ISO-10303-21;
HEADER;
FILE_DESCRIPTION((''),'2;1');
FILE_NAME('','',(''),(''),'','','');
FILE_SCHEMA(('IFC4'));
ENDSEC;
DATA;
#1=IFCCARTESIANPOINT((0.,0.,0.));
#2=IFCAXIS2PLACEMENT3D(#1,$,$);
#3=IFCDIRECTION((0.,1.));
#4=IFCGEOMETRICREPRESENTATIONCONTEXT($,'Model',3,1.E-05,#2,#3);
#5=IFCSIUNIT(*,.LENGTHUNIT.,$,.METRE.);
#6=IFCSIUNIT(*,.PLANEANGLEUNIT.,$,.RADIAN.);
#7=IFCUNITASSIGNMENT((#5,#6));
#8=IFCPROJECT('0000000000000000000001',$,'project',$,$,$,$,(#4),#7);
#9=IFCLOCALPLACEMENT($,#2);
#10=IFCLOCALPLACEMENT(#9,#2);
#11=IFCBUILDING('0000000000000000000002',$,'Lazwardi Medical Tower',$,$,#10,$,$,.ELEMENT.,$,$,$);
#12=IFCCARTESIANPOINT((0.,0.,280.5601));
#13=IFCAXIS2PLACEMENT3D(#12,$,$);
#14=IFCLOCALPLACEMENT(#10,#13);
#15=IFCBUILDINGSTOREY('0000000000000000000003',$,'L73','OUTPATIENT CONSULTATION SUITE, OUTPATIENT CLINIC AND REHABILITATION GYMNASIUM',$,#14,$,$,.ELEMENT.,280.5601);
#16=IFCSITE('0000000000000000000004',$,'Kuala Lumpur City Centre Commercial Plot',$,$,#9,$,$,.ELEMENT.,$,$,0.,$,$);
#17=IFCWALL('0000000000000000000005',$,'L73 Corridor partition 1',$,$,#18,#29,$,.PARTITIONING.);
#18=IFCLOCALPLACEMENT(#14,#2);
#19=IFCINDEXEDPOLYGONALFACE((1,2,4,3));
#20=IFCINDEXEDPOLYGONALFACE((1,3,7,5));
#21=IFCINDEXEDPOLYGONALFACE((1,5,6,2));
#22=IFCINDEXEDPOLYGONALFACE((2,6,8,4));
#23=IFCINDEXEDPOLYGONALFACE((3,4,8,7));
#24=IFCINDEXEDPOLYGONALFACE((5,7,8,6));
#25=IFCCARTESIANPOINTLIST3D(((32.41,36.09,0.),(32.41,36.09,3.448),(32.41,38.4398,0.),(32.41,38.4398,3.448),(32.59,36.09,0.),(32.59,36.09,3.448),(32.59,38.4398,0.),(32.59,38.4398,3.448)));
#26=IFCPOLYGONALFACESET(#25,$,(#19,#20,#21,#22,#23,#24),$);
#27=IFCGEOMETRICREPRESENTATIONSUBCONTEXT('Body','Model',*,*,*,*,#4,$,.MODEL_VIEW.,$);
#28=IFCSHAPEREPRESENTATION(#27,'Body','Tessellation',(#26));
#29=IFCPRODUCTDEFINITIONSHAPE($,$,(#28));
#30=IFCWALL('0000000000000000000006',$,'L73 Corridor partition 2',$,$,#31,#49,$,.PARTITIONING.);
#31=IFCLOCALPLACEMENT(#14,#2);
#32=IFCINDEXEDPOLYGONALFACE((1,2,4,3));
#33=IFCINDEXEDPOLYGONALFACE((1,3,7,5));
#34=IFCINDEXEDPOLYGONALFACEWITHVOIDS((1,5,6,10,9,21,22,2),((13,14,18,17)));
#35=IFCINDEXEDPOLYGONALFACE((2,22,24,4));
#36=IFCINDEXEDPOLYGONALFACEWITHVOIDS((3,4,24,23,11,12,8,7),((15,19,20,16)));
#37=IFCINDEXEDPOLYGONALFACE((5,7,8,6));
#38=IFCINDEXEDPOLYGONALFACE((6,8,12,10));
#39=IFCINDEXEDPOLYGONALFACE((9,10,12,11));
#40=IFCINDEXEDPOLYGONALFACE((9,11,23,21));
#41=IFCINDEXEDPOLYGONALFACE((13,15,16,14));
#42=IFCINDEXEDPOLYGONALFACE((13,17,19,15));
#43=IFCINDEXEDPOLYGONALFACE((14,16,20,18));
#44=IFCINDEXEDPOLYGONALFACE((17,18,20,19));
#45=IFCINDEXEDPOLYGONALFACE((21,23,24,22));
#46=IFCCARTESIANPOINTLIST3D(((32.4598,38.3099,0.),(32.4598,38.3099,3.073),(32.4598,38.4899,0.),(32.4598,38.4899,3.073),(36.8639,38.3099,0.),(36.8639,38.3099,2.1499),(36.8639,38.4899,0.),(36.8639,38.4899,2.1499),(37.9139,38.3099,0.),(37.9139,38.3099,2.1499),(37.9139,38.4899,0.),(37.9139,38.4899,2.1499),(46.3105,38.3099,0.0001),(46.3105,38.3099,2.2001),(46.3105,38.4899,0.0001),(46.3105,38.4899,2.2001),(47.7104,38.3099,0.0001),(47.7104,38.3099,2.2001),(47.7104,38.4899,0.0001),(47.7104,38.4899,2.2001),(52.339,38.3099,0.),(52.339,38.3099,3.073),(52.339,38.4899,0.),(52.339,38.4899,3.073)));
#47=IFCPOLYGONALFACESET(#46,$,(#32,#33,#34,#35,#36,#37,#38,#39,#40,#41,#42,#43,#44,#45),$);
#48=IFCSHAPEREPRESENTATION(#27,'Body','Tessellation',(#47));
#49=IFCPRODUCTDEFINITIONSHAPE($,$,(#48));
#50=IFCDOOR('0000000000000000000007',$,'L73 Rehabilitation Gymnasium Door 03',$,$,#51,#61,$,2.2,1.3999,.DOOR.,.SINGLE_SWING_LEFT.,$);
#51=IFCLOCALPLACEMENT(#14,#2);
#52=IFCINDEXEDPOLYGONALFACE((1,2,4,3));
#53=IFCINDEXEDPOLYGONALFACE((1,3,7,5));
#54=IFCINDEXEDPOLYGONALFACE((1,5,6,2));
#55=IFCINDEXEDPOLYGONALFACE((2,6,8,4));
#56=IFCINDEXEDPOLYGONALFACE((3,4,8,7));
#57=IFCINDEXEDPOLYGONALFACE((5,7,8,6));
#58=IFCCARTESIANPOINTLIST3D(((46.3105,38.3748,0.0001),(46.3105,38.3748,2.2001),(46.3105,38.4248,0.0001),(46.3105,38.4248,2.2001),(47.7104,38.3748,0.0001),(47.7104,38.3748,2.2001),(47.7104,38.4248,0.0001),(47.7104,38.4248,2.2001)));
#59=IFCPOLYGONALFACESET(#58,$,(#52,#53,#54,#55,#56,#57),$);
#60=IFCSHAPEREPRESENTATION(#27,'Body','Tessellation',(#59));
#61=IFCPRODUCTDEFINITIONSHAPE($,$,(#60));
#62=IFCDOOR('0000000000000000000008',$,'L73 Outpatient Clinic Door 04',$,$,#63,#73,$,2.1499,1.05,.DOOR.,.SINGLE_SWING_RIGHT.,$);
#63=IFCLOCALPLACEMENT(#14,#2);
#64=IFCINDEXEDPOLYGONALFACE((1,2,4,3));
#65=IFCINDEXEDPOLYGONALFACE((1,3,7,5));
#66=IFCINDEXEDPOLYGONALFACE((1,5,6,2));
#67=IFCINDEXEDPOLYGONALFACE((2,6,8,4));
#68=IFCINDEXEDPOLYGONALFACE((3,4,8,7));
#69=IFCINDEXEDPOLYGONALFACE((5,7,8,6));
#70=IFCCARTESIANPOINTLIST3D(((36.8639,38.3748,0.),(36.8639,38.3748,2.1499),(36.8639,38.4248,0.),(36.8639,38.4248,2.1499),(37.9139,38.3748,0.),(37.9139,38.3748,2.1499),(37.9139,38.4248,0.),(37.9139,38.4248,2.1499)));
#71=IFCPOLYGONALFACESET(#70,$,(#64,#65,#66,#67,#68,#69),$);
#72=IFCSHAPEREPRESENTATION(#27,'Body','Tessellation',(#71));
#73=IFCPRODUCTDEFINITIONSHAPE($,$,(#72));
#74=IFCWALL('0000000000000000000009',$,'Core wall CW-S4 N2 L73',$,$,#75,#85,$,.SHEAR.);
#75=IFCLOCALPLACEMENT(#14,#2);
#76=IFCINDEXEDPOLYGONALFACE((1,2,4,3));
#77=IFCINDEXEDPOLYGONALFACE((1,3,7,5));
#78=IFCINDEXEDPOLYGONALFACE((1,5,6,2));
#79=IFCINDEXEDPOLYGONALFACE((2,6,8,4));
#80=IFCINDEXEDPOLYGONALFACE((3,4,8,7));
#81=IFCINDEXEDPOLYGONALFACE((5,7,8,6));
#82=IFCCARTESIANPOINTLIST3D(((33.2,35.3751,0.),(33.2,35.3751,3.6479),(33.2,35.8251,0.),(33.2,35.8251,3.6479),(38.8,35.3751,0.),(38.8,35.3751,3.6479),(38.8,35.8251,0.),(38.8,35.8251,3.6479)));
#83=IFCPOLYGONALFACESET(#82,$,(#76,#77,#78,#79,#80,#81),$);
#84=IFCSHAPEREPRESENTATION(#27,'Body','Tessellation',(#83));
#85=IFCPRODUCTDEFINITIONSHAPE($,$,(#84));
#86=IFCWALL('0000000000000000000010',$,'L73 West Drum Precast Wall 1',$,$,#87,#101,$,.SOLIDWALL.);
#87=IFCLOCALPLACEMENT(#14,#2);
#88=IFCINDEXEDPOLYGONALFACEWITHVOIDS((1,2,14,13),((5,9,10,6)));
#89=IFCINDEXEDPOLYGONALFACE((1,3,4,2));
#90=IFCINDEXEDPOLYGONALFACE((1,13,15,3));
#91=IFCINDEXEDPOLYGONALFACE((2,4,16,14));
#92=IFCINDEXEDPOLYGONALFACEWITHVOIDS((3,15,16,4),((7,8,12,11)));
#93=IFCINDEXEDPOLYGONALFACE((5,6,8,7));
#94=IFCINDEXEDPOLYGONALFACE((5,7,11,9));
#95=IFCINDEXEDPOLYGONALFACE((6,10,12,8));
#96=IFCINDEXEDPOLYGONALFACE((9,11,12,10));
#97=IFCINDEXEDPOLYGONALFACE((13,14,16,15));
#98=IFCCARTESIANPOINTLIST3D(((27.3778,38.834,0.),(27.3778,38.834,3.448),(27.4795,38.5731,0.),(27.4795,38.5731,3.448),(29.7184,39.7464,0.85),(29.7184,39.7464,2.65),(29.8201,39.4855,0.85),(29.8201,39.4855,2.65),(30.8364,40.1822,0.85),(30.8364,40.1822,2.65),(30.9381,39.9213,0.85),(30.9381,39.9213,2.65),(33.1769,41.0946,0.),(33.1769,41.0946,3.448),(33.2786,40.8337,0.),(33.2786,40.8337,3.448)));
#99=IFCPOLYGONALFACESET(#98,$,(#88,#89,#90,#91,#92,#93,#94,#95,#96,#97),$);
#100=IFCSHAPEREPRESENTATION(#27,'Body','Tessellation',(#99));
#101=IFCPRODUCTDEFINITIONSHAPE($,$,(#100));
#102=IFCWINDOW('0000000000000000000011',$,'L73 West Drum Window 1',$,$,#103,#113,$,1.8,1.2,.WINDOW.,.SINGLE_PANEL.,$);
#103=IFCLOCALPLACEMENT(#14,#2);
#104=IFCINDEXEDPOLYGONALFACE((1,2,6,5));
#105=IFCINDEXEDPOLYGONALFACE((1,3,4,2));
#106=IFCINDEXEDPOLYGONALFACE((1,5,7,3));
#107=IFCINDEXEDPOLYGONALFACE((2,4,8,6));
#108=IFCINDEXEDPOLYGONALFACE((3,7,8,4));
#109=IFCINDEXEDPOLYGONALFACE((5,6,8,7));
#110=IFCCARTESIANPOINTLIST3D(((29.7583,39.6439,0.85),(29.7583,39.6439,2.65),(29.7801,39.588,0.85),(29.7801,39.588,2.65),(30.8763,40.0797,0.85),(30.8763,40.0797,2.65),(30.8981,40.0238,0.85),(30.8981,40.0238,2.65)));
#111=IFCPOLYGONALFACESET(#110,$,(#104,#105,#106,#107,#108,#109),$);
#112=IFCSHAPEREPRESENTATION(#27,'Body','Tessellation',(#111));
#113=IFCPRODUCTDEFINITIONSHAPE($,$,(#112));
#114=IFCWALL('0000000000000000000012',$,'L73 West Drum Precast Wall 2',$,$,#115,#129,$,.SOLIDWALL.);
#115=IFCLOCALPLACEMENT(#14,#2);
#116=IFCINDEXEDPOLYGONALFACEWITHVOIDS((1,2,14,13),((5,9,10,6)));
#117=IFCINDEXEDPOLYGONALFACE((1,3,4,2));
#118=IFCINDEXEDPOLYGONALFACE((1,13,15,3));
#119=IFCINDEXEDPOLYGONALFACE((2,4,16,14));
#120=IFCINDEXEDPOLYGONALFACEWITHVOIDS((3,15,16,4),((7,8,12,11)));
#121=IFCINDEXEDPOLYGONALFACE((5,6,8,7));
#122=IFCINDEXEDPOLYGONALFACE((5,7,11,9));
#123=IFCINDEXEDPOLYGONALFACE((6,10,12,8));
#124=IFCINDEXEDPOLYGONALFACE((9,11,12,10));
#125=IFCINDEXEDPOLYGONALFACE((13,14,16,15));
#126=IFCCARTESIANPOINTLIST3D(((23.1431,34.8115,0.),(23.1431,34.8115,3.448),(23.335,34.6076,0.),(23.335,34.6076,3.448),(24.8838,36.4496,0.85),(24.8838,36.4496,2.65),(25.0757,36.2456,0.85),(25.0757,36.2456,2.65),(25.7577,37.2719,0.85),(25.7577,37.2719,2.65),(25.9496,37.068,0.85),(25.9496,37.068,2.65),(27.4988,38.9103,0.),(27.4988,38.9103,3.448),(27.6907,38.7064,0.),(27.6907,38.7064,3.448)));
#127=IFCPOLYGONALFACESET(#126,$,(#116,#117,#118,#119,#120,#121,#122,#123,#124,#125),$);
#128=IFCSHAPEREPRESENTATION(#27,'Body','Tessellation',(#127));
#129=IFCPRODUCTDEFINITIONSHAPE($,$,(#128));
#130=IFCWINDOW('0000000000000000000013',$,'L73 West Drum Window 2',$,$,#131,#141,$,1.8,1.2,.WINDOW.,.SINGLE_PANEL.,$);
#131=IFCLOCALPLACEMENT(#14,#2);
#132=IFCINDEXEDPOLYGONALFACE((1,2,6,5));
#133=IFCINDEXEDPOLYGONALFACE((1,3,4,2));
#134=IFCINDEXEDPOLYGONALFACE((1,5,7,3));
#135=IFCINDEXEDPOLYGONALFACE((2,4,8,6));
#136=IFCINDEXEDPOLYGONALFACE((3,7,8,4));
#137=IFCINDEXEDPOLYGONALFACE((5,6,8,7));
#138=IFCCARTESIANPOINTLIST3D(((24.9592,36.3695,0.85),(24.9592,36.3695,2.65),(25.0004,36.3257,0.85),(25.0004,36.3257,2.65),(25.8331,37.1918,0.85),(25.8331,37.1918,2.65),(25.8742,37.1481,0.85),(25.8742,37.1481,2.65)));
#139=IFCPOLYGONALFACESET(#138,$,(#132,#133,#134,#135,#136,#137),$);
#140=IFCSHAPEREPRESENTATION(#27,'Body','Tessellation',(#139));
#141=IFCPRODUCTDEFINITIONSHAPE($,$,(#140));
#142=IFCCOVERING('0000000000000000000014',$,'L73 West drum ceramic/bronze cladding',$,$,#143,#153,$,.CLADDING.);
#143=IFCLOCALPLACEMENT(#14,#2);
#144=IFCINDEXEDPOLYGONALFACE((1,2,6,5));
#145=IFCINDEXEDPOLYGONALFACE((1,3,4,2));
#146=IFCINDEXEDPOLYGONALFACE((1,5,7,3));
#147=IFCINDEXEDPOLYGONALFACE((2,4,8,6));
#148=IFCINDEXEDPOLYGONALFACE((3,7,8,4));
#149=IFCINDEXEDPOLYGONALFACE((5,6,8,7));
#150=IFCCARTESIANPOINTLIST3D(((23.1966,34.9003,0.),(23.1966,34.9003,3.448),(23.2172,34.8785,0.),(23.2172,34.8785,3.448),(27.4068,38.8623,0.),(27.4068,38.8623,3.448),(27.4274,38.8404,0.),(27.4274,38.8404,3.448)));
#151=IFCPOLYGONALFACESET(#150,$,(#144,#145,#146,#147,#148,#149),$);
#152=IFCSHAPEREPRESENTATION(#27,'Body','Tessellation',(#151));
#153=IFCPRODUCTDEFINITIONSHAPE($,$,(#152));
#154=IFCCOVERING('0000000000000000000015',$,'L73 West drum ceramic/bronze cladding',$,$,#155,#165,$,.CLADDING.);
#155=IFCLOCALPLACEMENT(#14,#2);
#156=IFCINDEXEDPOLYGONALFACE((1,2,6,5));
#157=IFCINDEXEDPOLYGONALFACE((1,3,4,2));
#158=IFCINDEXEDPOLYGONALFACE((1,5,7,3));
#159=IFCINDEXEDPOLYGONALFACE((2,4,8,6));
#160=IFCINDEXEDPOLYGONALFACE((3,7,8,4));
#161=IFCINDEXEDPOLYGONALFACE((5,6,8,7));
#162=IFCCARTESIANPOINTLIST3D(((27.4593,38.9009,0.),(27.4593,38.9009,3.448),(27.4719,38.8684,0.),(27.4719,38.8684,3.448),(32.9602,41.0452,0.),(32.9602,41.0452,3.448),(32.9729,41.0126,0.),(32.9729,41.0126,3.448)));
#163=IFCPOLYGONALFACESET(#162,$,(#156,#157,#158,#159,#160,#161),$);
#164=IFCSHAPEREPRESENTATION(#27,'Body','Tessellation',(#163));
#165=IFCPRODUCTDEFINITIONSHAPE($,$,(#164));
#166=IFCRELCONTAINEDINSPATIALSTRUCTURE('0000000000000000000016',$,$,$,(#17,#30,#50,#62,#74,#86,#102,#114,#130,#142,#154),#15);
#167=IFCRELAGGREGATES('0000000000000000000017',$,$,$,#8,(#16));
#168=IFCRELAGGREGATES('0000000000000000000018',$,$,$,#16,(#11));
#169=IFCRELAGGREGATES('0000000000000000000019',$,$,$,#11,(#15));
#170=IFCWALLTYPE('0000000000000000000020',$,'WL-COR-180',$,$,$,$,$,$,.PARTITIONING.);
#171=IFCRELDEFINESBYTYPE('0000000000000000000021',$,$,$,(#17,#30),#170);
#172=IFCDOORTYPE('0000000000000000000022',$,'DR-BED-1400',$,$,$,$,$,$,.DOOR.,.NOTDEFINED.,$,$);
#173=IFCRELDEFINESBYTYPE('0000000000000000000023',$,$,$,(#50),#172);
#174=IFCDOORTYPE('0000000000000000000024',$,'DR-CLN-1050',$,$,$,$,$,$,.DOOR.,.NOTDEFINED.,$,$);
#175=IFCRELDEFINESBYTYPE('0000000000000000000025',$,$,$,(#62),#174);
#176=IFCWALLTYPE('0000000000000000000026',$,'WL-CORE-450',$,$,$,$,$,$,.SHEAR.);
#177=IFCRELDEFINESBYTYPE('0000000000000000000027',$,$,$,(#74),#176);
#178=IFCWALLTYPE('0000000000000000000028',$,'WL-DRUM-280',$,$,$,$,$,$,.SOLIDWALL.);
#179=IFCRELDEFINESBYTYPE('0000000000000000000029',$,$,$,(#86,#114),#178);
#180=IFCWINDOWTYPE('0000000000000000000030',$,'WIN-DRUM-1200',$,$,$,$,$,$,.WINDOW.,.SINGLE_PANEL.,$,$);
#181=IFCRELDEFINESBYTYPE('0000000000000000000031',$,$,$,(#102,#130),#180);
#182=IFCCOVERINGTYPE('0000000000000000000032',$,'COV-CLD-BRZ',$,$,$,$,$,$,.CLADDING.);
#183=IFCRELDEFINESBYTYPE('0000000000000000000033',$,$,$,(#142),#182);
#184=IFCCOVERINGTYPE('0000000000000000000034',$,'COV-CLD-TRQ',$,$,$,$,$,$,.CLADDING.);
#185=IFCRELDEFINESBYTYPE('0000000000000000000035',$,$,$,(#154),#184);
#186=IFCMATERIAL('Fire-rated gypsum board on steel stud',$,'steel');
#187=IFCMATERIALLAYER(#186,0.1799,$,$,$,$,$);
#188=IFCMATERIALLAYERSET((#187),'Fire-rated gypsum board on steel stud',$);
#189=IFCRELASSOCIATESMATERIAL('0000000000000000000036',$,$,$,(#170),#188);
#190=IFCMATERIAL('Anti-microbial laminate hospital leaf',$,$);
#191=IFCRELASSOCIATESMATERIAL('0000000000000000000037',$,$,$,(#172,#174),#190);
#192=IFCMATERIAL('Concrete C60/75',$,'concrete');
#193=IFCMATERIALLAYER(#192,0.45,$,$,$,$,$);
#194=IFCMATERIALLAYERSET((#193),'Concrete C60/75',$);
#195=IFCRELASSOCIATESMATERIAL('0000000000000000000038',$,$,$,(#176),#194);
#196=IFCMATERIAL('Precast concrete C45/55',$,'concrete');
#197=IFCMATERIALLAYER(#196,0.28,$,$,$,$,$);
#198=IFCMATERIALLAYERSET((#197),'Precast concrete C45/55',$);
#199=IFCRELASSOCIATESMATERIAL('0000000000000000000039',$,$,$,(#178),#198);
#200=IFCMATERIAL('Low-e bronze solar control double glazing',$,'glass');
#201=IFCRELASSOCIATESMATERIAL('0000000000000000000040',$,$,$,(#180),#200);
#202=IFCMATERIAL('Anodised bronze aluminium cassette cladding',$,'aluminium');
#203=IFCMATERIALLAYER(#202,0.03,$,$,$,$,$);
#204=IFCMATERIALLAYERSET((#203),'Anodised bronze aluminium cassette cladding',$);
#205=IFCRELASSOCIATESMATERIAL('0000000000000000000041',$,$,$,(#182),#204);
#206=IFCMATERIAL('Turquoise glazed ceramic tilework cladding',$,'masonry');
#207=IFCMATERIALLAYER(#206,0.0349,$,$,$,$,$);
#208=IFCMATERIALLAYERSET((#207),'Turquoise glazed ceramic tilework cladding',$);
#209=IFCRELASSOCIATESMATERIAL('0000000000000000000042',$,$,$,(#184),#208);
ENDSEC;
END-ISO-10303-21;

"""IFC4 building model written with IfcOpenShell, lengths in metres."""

from ifc_helpers import new_model, si_unit, direction, frame, frame_2d, origin, origin_2d, place, context, subcontext, project, spatial, rectangle, extrude, material, layer, layer_set, type_object, element, fill, save


model = new_model("IFC4")

# Units and contexts
model_context = context("Model", 3, precision=1e-05, world=origin(), true_north=direction((0.0, 1.0)))
body_context = subcontext(model_context, "Body", "Model", "MODEL_VIEW")
ifc_project = project(units=[si_unit("LENGTHUNIT", "METRE"), si_unit("PLANEANGLEUNIT", "RADIAN")], contexts=[model_context])

# Site, building, storey
site_placement = place(None, origin())
site = spatial("IfcSite", under=ifc_project, at=site_placement, Name="Kuala Lumpur City Centre Commercial Plot", CompositionType="ELEMENT", RefElevation=0.0)
building_placement = place(site_placement, origin())
building = spatial("IfcBuilding", under=site, at=building_placement, Name="Lazwardi Medical Tower", CompositionType="ELEMENT")
storey_placement = place(building_placement, frame((0.0, 0.0, 280.5601)))
storey = spatial("IfcBuildingStorey", under=building, at=storey_placement, Name="L73", Description="OUTPATIENT CONSULTATION SUITE, OUTPATIENT CLINIC AND REHABILITATION GYMNASIUM", CompositionType="ELEMENT", Elevation=280.5601)

# Shared definitions
ifc_material_1 = material(Name="Concrete C60/75", Category="concrete")

# Wall
ifc_material_2 = material(Name="Fire-rated gypsum board on steel stud", Category="steel")
ifc_layer_1 = layer(ifc_material_2, 0.1799)
ifc_layer_set_1 = layer_set([ifc_layer_1], Name="Fire-rated gypsum board on steel stud")
wall_type_1 = type_object("IfcWallType", Name="WL-COR-180", PredefinedType="PARTITIONING", material=ifc_layer_set_1)
wall_1_placement = place(storey_placement, frame((32.5, 36.0901, 0.0), z_axis=(0.0, 0.0, 1.0), x_axis=(0.0, 1.0, 0.0)))
element("IfcWall", 1, at=wall_1_placement, inside=storey, type_object=wall_type_1, Name="L73 Corridor partition 1", PredefinedType="PARTITIONING", context=body_context, shape_type="SweptSolid", body=[
    extrude(rectangle(XDim=2.3499, YDim=0.1799, at=frame_2d((1.1748, 0.0))), origin(), (0.0, 0.0, 1.0), 3.448),
])

# Wall, openings, doors
wall_2_placement = place(storey_placement, frame((32.46, 38.3999, 0.0), z_axis=(0.0, 0.0, 1.0), x_axis=(1.0, 0.0, 0.0)))
wall_2 = element("IfcWall", 2, at=wall_2_placement, inside=storey, type_object=wall_type_1, Name="L73 Corridor partition 2", PredefinedType="PARTITIONING", context=body_context, shape_type="SweptSolid", body=[
    extrude(rectangle(XDim=19.8792, YDim=0.1799, at=frame_2d((9.9395, 0.0))), origin(), (0.0, 0.0, 1.0), 3.073),
])
opening_1_placement = place(wall_2_placement, frame((13.8506, 0.0, 0.0)))
opening_1 = element("IfcOpeningElement", 3, at=opening_1_placement, cuts=wall_2, PredefinedType="OPENING", context=body_context, shape_type="SweptSolid", body=[
    extrude(rectangle(XDim=1.3999, YDim=2.2, at=frame_2d((0.7, 1.1001))), frame((0.0, 0.0999, 0.0), z_axis=(0.0, -1.0, 0.0), x_axis=(1.0, 0.0, 0.0)), (0.0, 0.0, 1.0), 0.2),
])
opening_2_placement = place(wall_2_placement, frame((4.4041, 0.0, 0.0)))
opening_2 = element("IfcOpeningElement", 4, at=opening_2_placement, cuts=wall_2, PredefinedType="OPENING", context=body_context, shape_type="SweptSolid", body=[
    extrude(rectangle(XDim=1.05, YDim=2.1499, at=frame_2d((0.5249, 1.075))), frame((0.0, 0.0999, 0.0), z_axis=(0.0, -1.0, 0.0), x_axis=(1.0, 0.0, 0.0)), (0.0, 0.0, 1.0), 0.2),
])
ifc_material_3 = material(Name="Anti-microbial laminate hospital leaf")
door_type_1 = type_object("IfcDoorType", Name="DR-BED-1400", OperationType="NOTDEFINED", PredefinedType="DOOR", material=ifc_material_3)
door_1_placement = place(opening_1_placement, origin())
door_1 = element("IfcDoor", 5, at=door_1_placement, inside=storey, type_object=door_type_1, Name="L73 Rehabilitation Gymnasium Door 03", OperationType="SINGLE_SWING_LEFT", OverallHeight=2.2, OverallWidth=1.3999, PredefinedType="DOOR", context=body_context, shape_type="SweptSolid", body=[
    extrude(rectangle(XDim=1.3999, YDim=2.2, at=frame_2d((0.7, 1.1001))), frame((0.0, 0.0249, 0.0), z_axis=(0.0, -1.0, 0.0), x_axis=(1.0, 0.0, 0.0)), (0.0, 0.0, 1.0), 0.05),
])
fill(opening_1, door_1)
door_type_2 = type_object("IfcDoorType", Name="DR-CLN-1050", OperationType="NOTDEFINED", PredefinedType="DOOR", material=ifc_material_3)
door_2_placement = place(opening_2_placement, origin())
door_2 = element("IfcDoor", 6, at=door_2_placement, inside=storey, type_object=door_type_2, Name="L73 Outpatient Clinic Door 04", OperationType="SINGLE_SWING_RIGHT", OverallHeight=2.1499, OverallWidth=1.05, PredefinedType="DOOR", context=body_context, shape_type="SweptSolid", body=[
    extrude(rectangle(XDim=1.05, YDim=2.1499, at=frame_2d((0.5249, 1.075))), frame((0.0, 0.0249, 0.0), z_axis=(0.0, -1.0, 0.0), x_axis=(1.0, 0.0, 0.0)), (0.0, 0.0, 1.0), 0.05),
])
fill(opening_2, door_2)

# Wall
ifc_layer_2 = layer(ifc_material_1, 0.45)
ifc_layer_set_2 = layer_set([ifc_layer_2], Name="Concrete C60/75")
wall_type_2 = type_object("IfcWallType", Name="WL-CORE-450", PredefinedType="SHEAR", material=ifc_layer_set_2)
wall_3_placement = place(storey_placement, frame((33.2, 35.6001, 0.0), z_axis=(0.0, 0.0, 1.0), x_axis=(1.0, 0.0, 0.0)))
element("IfcWall", 7, at=wall_3_placement, inside=storey, type_object=wall_type_2, Name="Core wall CW-S4 N2 L73", PredefinedType="SHEAR", context=body_context, shape_type="SweptSolid", body=[
    extrude(rectangle(XDim=5.6001, YDim=0.45, at=frame_2d((2.8, 0.0))), origin(), (0.0, 0.0, 1.0), 3.6479),
])

# Walls, openings, windows
ifc_material_4 = material(Name="Precast concrete C45/55", Category="concrete")
ifc_layer_3 = layer(ifc_material_4, 0.28)
ifc_layer_set_3 = layer_set([ifc_layer_3], Name="Precast concrete C45/55")
wall_type_3 = type_object("IfcWallType", Name="WL-DRUM-280", PredefinedType="SOLIDWALL", material=ifc_layer_set_3)
wall_4_placement = place(storey_placement, frame((33.2278, 40.9641, 0.0), z_axis=(0.0, 0.0, 1.0), x_axis=(-0.931717, -0.363186, 0.0)))
wall_4 = element("IfcWall", 8, at=wall_4_placement, inside=storey, type_object=wall_type_3, Name="L73 West Drum Precast Wall 1", PredefinedType="SOLIDWALL", context=body_context, shape_type="SweptSolid", body=[
    extrude(rectangle(XDim=6.2241, YDim=0.28, at=frame_2d((3.1121, 0.0))), origin(), (0.0, 0.0, 1.0), 3.448),
])
opening_3_placement = place(wall_4_placement, frame((2.512, 0.0, 0.8501)))
opening_3 = element("IfcOpeningElement", 9, at=opening_3_placement, cuts=wall_4, PredefinedType="OPENING", context=body_context, shape_type="SweptSolid", body=[
    extrude(rectangle(XDim=1.2, YDim=1.8, at=frame_2d((0.6001, 0.8999))), frame((0.0, 0.1499, 0.0), z_axis=(0.0, -1.0, 0.0), x_axis=(1.0, 0.0, 0.0)), (0.0, 0.0, 1.0), 0.3),
])
ifc_material_5 = material(Name="Low-e bronze solar control double glazing", Category="glass")
window_type = type_object("IfcWindowType", Name="WIN-DRUM-1200", PartitioningType="SINGLE_PANEL", PredefinedType="WINDOW", material=ifc_material_5)
window_1_placement = place(opening_3_placement, origin())
window_1 = element("IfcWindow", 10, at=window_1_placement, inside=storey, type_object=window_type, Name="L73 West Drum Window 1", OverallHeight=1.8, OverallWidth=1.2, PartitioningType="SINGLE_PANEL", PredefinedType="WINDOW", context=body_context, shape_type="SweptSolid", body=[
    extrude(rectangle(XDim=1.2, YDim=1.8, at=frame_2d((0.6001, 0.8999))), frame((0.0, 0.03, 0.0), z_axis=(0.0, -1.0, 0.0), x_axis=(1.0, 0.0, 0.0)), (0.0, 0.0, 1.0), 0.0601),
])
fill(opening_3, window_1)
wall_5_placement = place(storey_placement, frame((27.5947, 38.8083, 0.0), z_axis=(0.0, 0.0, 1.0), x_axis=(-0.728252, -0.68531, 0.0)))
wall_5 = element("IfcWall", 11, at=wall_5_placement, inside=storey, type_object=wall_type_3, Name="L73 West Drum Precast Wall 2", PredefinedType="SOLIDWALL", context=body_context, shape_type="SweptSolid", body=[
    extrude(rectangle(XDim=5.981, YDim=0.28, at=frame_2d((2.9905, 0.0))), origin(), (0.0, 0.0, 1.0), 3.448),
])
opening_4_placement = place(wall_5_placement, frame((2.3906, 0.0, 0.8501)))
opening_4 = element("IfcOpeningElement", 12, at=opening_4_placement, cuts=wall_5, PredefinedType="OPENING", context=body_context, shape_type="SweptSolid", body=[
    extrude(rectangle(XDim=1.2, YDim=1.8, at=frame_2d((0.6001, 0.8999))), frame((0.0, 0.1499, 0.0), z_axis=(0.0, -1.0, 0.0), x_axis=(1.0, 0.0, 0.0)), (0.0, 0.0, 1.0), 0.3),
])
window_2_placement = place(opening_4_placement, origin())
window_2 = element("IfcWindow", 13, at=window_2_placement, inside=storey, type_object=window_type, Name="L73 West Drum Window 2", OverallHeight=1.8, OverallWidth=1.2, PartitioningType="SINGLE_PANEL", PredefinedType="WINDOW", context=body_context, shape_type="SweptSolid", body=[
    extrude(rectangle(XDim=1.2, YDim=1.8, at=frame_2d((0.6001, 0.8999))), frame((0.0, 0.03, 0.0), z_axis=(0.0, -1.0, 0.0), x_axis=(1.0, 0.0, 0.0)), (0.0, 0.0, 1.0), 0.0601),
])
fill(opening_4, window_2)

# Coverings
ifc_material_6 = material(Name="Anodised bronze aluminium cassette cladding", Category="aluminium")
ifc_layer_4 = layer(ifc_material_6, 0.03)
ifc_layer_set_4 = layer_set([ifc_layer_4], Name="Anodised bronze aluminium cassette cladding")
covering_type_1 = type_object("IfcCoveringType", Name="COV-CLD-BRZ", PredefinedType="CLADDING", material=ifc_layer_set_4)
covering_1_placement = place(storey_placement, frame((25.312, 36.8704, 0.0), z_axis=(0.0, 0.0, 1.0), x_axis=(-0.728255, -0.685306, 0.0)))
element("IfcCovering", 14, at=covering_1_placement, inside=storey, type_object=covering_type_1, Name="L73 West drum ceramic/bronze cladding", PredefinedType="CLADDING", context=body_context, shape_type="SweptSolid", body=[
    extrude(rectangle(XDim=5.7812, YDim=0.03, at=origin_2d()), origin(), (0.0, 0.0, 1.0), 3.448),
])
ifc_material_7 = material(Name="Turquoise glazed ceramic tilework cladding", Category="masonry")
ifc_layer_5 = layer(ifc_material_7, 0.0349)
ifc_layer_set_5 = layer_set([ifc_layer_5], Name="Turquoise glazed ceramic tilework cladding")
covering_type_2 = type_object("IfcCoveringType", Name="COV-CLD-TRQ", PredefinedType="CLADDING", material=ifc_layer_set_5)
covering_2_placement = place(storey_placement, frame((30.2161, 39.9568, 0.0), z_axis=(0.0, 0.0, 1.0), x_axis=(-0.93172, -0.363176, 0.0)))
element("IfcCovering", 15, at=covering_2_placement, inside=storey, type_object=covering_type_2, Name="L73 West drum ceramic/bronze cladding", PredefinedType="CLADDING", context=body_context, shape_type="SweptSolid", body=[
    extrude(rectangle(XDim=5.9041, YDim=0.0349, at=origin_2d()), origin(), (0.0, 0.0, 1.0), 3.448),
])

save(model, "model.ifc")
